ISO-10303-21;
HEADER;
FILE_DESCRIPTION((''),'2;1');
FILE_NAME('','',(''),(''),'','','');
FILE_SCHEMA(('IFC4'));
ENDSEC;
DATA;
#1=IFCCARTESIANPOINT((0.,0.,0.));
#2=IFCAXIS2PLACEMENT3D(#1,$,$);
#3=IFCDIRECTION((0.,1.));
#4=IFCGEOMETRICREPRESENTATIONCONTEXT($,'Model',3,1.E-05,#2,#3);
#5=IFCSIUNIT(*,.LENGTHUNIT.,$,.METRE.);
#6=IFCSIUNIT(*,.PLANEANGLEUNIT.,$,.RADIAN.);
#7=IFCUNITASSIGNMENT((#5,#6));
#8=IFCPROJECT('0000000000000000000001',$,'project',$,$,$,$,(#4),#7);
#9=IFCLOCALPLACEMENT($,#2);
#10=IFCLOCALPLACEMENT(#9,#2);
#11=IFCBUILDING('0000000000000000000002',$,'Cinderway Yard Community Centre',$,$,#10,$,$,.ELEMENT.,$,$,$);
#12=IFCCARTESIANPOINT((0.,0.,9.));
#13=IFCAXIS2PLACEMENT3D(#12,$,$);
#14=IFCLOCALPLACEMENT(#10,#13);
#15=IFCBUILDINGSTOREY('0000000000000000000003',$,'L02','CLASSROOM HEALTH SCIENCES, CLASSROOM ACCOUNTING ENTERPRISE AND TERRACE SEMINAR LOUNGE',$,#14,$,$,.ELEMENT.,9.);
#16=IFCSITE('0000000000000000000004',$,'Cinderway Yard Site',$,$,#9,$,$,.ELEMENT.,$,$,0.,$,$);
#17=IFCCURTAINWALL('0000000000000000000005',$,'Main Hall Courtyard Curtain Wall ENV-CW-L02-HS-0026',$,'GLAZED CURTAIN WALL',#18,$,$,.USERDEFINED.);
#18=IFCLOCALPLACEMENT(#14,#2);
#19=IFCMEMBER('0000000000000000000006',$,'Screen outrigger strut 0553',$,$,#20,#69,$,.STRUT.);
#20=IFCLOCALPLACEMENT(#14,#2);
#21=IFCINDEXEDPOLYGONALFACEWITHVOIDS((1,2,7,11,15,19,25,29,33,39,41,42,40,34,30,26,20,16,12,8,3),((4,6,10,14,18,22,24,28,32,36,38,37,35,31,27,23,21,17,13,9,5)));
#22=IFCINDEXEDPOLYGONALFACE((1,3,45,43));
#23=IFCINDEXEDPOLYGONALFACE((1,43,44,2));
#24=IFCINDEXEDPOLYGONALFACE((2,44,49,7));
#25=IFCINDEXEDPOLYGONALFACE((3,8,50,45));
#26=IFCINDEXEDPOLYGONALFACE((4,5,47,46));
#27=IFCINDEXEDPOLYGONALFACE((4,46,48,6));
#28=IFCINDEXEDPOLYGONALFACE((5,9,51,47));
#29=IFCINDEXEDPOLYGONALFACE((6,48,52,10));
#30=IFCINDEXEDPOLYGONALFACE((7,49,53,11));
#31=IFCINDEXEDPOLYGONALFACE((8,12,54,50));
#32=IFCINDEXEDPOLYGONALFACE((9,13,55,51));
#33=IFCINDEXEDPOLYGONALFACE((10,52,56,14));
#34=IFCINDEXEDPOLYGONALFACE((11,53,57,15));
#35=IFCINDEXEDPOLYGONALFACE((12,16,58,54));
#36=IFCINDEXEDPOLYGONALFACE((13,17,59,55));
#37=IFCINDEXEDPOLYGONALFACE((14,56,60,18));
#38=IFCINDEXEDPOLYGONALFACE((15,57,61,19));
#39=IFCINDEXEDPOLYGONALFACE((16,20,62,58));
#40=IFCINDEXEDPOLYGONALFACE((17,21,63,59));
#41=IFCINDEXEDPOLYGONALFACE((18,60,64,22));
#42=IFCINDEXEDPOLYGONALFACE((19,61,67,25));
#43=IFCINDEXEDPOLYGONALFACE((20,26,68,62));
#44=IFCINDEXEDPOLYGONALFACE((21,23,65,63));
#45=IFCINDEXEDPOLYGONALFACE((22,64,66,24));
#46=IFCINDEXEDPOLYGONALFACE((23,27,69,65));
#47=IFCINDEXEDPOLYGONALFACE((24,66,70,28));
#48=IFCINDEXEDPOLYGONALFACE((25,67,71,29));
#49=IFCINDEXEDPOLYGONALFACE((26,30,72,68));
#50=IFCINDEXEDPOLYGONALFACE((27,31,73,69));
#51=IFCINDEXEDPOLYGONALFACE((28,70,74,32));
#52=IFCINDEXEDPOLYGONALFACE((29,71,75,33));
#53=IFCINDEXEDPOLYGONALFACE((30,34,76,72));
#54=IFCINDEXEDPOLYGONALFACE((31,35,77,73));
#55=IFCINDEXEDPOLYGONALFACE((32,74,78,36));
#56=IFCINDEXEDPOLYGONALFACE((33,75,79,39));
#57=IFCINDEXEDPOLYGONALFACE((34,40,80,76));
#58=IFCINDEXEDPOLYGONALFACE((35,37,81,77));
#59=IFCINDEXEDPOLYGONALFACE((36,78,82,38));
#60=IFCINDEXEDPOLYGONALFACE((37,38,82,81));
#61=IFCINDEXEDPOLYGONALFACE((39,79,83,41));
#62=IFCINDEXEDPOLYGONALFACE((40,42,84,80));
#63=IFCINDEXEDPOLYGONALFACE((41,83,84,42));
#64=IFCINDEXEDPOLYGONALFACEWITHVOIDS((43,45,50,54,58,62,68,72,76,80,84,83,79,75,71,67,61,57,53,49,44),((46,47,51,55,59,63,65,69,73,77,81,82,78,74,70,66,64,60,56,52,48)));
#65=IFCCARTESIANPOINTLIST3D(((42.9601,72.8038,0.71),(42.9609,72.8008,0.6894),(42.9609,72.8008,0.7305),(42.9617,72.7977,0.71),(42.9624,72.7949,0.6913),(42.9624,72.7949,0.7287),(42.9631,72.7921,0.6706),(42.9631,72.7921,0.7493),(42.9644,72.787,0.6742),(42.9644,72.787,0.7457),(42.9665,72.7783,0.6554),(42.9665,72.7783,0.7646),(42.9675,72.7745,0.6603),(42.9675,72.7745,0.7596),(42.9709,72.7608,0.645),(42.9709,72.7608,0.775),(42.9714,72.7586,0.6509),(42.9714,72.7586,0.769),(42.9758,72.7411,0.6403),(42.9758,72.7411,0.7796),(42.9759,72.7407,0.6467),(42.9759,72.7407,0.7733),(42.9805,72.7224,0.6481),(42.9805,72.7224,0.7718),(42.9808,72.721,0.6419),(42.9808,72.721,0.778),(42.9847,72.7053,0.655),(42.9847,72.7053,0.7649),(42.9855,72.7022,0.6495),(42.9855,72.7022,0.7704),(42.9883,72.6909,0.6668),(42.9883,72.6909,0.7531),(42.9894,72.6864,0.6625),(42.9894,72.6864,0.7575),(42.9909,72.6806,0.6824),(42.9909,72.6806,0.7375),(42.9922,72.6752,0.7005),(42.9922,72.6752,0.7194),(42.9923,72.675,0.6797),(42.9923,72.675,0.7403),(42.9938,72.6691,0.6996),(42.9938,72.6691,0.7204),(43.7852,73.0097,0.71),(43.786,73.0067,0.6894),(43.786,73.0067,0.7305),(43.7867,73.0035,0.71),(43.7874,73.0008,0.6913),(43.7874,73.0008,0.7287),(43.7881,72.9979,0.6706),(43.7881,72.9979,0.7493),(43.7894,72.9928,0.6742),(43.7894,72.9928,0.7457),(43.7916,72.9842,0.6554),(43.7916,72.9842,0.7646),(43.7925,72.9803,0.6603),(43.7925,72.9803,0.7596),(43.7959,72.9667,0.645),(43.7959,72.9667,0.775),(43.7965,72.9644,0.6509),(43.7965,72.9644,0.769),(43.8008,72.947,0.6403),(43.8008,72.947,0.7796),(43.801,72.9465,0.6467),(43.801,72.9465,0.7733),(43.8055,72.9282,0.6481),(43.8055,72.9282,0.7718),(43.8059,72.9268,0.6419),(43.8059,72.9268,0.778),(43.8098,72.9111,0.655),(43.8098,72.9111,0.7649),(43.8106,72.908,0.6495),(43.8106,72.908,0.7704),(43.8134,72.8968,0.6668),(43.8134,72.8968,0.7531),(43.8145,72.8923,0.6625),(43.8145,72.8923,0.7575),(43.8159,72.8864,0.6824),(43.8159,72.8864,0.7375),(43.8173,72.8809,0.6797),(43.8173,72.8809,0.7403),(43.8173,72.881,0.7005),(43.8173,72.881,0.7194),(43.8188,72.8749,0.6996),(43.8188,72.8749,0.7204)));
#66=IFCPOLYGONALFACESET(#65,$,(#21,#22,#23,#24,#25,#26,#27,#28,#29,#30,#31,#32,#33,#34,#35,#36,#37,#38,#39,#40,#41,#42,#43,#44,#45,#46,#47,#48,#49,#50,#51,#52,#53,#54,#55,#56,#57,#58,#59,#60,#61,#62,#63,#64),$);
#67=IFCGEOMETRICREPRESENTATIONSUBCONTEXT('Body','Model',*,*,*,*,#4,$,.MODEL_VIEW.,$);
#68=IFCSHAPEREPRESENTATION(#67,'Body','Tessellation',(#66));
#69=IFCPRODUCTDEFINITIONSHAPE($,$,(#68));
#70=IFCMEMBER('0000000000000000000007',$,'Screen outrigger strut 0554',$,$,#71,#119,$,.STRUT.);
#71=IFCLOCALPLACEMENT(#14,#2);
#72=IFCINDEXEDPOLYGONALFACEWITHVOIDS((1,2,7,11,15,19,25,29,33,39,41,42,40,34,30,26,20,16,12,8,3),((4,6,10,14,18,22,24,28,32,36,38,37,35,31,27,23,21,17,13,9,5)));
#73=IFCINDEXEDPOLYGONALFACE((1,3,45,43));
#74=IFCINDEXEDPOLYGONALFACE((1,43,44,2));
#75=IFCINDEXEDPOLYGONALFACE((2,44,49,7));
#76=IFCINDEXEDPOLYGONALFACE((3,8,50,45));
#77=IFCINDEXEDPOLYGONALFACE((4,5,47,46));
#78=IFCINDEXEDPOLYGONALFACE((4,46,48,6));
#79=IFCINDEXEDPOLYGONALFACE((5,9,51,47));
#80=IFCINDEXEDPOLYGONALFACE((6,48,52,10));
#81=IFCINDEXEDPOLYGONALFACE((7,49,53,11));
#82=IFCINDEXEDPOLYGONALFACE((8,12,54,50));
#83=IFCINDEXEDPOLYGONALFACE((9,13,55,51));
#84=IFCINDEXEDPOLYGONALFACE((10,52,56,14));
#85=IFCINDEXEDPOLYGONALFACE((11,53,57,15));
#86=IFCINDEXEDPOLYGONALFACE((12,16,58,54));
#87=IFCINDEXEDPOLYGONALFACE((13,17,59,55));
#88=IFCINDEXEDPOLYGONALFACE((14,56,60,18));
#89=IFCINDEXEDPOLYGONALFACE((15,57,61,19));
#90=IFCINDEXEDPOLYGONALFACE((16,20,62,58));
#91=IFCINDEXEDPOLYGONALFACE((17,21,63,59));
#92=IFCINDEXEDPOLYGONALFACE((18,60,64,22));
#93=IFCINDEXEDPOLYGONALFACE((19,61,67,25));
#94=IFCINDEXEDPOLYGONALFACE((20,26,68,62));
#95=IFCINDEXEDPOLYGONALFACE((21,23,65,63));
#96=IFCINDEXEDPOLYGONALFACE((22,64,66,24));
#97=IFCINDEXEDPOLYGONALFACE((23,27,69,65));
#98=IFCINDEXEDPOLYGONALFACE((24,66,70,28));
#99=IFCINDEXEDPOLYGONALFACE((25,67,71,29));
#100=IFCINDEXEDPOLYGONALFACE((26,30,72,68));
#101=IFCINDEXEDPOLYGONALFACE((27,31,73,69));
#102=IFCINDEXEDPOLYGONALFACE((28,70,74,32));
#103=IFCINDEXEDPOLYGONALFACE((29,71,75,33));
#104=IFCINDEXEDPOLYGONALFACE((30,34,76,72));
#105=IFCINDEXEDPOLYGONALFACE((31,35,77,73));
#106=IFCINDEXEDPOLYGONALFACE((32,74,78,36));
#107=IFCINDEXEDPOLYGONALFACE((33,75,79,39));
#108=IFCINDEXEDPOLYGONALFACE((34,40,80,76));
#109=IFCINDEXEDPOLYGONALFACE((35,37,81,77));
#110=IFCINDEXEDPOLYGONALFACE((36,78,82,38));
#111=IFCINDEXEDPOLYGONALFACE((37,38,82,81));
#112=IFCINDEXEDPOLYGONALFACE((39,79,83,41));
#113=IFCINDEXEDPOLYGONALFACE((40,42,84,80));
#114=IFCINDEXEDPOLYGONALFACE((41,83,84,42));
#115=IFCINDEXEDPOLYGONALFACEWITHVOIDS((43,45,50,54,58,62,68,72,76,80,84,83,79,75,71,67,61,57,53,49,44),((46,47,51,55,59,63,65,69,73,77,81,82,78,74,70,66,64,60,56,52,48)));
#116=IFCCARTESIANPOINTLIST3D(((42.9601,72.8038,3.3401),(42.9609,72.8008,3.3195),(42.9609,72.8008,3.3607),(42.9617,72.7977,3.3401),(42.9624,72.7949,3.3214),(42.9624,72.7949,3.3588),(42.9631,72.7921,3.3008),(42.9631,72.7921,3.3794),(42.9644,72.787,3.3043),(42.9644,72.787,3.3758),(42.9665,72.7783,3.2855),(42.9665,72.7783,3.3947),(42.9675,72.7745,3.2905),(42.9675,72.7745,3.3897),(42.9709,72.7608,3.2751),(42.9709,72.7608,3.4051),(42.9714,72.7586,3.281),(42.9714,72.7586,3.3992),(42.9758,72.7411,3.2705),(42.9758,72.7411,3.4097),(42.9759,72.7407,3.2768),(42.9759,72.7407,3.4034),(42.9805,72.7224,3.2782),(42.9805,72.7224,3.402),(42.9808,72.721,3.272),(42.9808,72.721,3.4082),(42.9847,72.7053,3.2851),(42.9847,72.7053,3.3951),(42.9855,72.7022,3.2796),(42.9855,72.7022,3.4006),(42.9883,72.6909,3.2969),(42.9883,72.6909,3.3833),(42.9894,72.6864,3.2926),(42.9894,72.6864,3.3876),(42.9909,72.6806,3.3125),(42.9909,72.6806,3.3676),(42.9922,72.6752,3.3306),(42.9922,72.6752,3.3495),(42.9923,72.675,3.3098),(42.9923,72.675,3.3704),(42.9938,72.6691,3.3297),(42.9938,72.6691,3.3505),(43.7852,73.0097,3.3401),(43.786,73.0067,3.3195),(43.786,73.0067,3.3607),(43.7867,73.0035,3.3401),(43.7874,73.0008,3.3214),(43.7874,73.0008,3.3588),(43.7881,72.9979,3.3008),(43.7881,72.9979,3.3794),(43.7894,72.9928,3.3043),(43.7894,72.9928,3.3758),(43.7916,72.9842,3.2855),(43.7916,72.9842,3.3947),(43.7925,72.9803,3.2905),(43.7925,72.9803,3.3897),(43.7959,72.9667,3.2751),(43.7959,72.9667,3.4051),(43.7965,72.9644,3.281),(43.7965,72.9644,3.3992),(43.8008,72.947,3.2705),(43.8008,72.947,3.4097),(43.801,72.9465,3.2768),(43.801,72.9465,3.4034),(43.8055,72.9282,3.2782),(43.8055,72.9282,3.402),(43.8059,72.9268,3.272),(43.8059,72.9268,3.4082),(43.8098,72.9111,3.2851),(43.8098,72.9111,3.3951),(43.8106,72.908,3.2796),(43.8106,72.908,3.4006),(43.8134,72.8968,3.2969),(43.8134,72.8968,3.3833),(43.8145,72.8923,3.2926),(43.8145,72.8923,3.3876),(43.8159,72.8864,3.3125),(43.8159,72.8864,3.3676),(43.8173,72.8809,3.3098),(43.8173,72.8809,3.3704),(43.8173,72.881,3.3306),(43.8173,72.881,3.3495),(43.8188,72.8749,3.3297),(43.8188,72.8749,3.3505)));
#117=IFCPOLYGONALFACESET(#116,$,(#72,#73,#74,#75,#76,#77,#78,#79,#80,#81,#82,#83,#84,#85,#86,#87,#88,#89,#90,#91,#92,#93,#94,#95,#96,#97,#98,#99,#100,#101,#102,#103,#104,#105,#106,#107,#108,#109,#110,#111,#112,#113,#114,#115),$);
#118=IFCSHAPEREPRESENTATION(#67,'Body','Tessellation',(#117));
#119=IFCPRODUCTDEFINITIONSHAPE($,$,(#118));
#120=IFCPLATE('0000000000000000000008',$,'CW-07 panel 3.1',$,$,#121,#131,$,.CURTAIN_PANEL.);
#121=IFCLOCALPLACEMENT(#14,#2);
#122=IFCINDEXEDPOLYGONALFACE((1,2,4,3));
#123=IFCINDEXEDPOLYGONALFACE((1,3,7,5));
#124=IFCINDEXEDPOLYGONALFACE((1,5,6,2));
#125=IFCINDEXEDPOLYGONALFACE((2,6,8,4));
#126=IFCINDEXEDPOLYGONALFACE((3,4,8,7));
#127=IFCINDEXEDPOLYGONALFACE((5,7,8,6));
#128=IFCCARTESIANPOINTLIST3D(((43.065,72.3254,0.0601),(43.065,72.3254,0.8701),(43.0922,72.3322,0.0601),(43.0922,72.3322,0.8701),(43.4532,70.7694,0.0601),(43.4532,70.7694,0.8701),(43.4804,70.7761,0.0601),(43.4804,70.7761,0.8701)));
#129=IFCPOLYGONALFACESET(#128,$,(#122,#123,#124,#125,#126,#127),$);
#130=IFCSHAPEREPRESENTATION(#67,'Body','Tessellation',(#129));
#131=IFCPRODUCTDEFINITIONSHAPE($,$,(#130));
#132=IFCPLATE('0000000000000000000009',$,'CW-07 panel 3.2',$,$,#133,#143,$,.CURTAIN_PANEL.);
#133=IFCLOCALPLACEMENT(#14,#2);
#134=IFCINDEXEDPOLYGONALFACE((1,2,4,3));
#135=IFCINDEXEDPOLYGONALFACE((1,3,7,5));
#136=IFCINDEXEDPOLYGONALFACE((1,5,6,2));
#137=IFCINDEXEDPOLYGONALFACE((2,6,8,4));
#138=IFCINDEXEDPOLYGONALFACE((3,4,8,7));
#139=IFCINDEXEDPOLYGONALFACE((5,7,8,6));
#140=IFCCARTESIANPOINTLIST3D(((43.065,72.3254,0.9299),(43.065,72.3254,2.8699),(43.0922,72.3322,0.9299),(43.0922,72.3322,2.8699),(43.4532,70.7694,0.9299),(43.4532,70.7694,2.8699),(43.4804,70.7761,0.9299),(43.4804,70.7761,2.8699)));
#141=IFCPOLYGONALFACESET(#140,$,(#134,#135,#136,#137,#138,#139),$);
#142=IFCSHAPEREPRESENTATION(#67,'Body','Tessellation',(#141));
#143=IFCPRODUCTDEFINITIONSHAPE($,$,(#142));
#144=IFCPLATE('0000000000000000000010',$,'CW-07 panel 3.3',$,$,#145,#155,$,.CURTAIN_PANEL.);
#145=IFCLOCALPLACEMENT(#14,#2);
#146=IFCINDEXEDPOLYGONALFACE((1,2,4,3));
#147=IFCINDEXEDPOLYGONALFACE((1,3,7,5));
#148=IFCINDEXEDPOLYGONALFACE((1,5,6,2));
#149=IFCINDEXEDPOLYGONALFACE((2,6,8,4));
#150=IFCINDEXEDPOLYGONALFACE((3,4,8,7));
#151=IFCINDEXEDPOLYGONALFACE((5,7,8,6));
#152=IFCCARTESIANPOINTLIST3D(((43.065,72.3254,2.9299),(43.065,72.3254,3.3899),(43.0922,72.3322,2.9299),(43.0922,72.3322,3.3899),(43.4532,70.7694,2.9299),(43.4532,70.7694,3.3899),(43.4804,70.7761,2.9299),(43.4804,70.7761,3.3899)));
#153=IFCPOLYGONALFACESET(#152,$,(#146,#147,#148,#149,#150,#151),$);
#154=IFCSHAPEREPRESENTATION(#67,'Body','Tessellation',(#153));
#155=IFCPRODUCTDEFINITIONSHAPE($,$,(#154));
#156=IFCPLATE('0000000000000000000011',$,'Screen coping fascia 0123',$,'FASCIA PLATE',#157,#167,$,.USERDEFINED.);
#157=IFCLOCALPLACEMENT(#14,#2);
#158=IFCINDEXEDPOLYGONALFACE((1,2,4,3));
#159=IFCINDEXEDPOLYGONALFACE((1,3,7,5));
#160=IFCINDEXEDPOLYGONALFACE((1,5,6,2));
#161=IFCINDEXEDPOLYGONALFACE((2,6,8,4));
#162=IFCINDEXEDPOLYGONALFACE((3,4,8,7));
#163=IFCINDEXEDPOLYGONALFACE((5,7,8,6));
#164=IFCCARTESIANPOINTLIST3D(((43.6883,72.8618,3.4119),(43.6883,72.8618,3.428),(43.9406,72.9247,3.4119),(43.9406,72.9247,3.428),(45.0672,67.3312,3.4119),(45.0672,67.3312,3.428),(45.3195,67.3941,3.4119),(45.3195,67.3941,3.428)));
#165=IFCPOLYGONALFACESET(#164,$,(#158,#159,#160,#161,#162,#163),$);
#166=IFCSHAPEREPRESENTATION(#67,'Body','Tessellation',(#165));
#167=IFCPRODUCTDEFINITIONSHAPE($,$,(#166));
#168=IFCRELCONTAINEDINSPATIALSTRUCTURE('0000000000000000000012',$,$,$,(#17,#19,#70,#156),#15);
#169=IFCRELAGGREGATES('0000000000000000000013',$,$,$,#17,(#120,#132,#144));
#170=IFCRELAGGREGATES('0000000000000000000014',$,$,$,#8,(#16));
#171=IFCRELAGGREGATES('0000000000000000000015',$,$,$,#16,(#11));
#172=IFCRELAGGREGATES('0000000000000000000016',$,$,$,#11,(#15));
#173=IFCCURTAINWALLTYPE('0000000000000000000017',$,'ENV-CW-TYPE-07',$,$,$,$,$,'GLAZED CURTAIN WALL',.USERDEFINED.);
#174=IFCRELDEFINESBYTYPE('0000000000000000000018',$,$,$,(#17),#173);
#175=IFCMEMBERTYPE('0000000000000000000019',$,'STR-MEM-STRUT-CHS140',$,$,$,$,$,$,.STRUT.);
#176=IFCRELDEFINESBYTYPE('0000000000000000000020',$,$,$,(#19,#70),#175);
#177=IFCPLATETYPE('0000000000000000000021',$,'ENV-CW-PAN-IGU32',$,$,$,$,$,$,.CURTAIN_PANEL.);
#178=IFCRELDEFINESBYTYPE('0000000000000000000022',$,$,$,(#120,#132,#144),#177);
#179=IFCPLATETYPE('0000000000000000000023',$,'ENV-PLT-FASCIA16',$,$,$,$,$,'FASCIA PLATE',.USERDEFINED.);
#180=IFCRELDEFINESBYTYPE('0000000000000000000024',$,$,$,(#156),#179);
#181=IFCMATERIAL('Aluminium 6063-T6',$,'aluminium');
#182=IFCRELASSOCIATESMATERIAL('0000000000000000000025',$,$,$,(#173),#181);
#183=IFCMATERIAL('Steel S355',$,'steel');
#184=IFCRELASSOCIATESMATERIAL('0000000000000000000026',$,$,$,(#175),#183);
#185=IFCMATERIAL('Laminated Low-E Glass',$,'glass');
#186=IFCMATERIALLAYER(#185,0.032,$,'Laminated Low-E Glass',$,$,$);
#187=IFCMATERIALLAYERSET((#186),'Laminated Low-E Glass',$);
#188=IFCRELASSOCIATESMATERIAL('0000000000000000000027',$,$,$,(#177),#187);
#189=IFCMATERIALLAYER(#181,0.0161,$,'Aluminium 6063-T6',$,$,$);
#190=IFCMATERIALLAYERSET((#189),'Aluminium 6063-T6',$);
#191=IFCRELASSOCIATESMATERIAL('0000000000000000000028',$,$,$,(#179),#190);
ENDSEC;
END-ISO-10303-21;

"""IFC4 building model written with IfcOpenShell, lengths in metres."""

from ifc_helpers import new_model, si_unit, direction, frame, origin, origin_2d, place, context, subcontext, project, spatial, rectangle, hollow_circle, extrude, material, layer, layer_set, material_profile, profile_set, type_object, element, aggregate, save


model = new_model("IFC4")

# Units and contexts
model_context = context("Model", 3, precision=1e-05, world=origin(), true_north=direction((0.0, 1.0)))
body_context = subcontext(model_context, "Body", "Model", "MODEL_VIEW")
ifc_project = project(units=[si_unit("LENGTHUNIT", "METRE"), si_unit("PLANEANGLEUNIT", "RADIAN")], contexts=[model_context])

# Site, building, storey
site_placement = place(None, origin())
site = spatial("IfcSite", under=ifc_project, at=site_placement, Name="Cinderway Yard Site", CompositionType="ELEMENT", RefElevation=0.0)
building_placement = place(site_placement, origin())
building = spatial("IfcBuilding", under=site, at=building_placement, Name="Cinderway Yard Community Centre", CompositionType="ELEMENT")
storey_placement = place(building_placement, frame((0.0, 0.0, 9.0)))
storey = spatial("IfcBuildingStorey", under=building, at=storey_placement, Name="L02", Description="CLASSROOM HEALTH SCIENCES, CLASSROOM ACCOUNTING ENTERPRISE AND TERRACE SEMINAR LOUNGE", CompositionType="ELEMENT", Elevation=9.0)

# Curtain wall
ifc_material_1 = material(Name="Aluminium 6063-T6", Category="aluminium")
curtain_wall_type = type_object("IfcCurtainWallType", Name="ENV-CW-TYPE-07", ElementType="GLAZED CURTAIN WALL", PredefinedType="USERDEFINED", material=ifc_material_1)
curtain_wall_placement = place(storey_placement, origin())
curtain_wall = element("IfcCurtainWall", 1, at=curtain_wall_placement, inside=storey, type_object=curtain_wall_type, Name="Main Hall Courtyard Curtain Wall ENV-CW-L02-HS-0026", ObjectType="GLAZED CURTAIN WALL", PredefinedType="USERDEFINED")

# Shared definitions
ifc_material_2 = material(Name="Steel S355", Category="steel")

# Members
ifc_material_profile_1 = material_profile(ifc_material_2, hollow_circle(Radius=0.0698, WallThickness=0.0063, at=origin_2d()), Name="Steel S355")
ifc_profile_set_1 = profile_set([ifc_material_profile_1], Name="Steel S355")
member_type_1 = type_object("IfcMemberType", Name="STR-MEM-STRUT-CHS140", PredefinedType="STRUT", material=ifc_profile_set_1)
for number, where, z_axis, x_axis, name in (
    (2, (42.9771, 72.7361, 0.71), (0.970261, 0.242063, 0.0), (-0.242063, 0.970261, 0.0), "Screen outrigger strut 0553"),
    (3, (42.9771, 72.7361, 3.3401), (0.970261, 0.242063, 0.0), (-0.242063, 0.970261, 0.0), "Screen outrigger strut 0554"),
):
    element("IfcMember", number, at=place(storey_placement, frame(where, z_axis=z_axis, x_axis=x_axis)), inside=storey, type_object=member_type_1, Name=name, PredefinedType="STRUT", context=body_context, shape_type="SweptSolid", body=[
        extrude(hollow_circle(Radius=0.0698, WallThickness=0.0063, at=origin_2d()), origin(), (0.0, 0.0, 1.0), 0.8503),
    ])

# Plates
ifc_material_3 = material(Name="Laminated Low-E Glass", Category="glass")
ifc_layer_1 = layer(ifc_material_3, 0.032, Name="Laminated Low-E Glass")
ifc_layer_set_1 = layer_set([ifc_layer_1], Name="Laminated Low-E Glass")
plate_type_1 = type_object("IfcPlateType", Name="ENV-CW-PAN-IGU32", PredefinedType="CURTAIN_PANEL", material=ifc_layer_set_1)
plate_1_placement = place(storey_placement, frame((43.2727, 71.5508, 0.0601), z_axis=(0.0, 0.0, 1.0), x_axis=(-0.242073, 0.970258, 0.0)))
plate_1 = element("IfcPlate", 4, at=plate_1_placement, type_object=plate_type_1, Name="CW-07 panel 3.1", PredefinedType="CURTAIN_PANEL", context=body_context, shape_type="SweptSolid", body=[
    extrude(rectangle(XDim=1.6038, YDim=0.0281, at=origin_2d()), origin(), (0.0, 0.0, 1.0), 0.8101),
])
plate_2_placement = place(storey_placement, frame((43.2727, 71.5508, 0.9299), z_axis=(0.0, 0.0, 1.0), x_axis=(-0.242073, 0.970258, 0.0)))
plate_2 = element("IfcPlate", 5, at=plate_2_placement, type_object=plate_type_1, Name="CW-07 panel 3.2", PredefinedType="CURTAIN_PANEL", context=body_context, shape_type="SweptSolid", body=[
    extrude(rectangle(XDim=1.6038, YDim=0.0281, at=origin_2d()), origin(), (0.0, 0.0, 1.0), 1.9399),
])
plate_3_placement = place(storey_placement, frame((43.2727, 71.5508, 2.9299), z_axis=(0.0, 0.0, 1.0), x_axis=(-0.242073, 0.970258, 0.0)))
plate_3 = element("IfcPlate", 6, at=plate_3_placement, type_object=plate_type_1, Name="CW-07 panel 3.3", PredefinedType="CURTAIN_PANEL", context=body_context, shape_type="SweptSolid", body=[
    extrude(rectangle(XDim=1.6038, YDim=0.0281, at=origin_2d()), origin(), (0.0, 0.0, 1.0), 0.46),
])
aggregate(curtain_wall, [plate_1, plate_2, plate_3])
ifc_layer_2 = layer(ifc_material_1, 0.0161, Name="Aluminium 6063-T6")
ifc_layer_set_2 = layer_set([ifc_layer_2], Name="Aluminium 6063-T6")
plate_type_2 = type_object("IfcPlateType", Name="ENV-PLT-FASCIA16", ElementType="FASCIA PLATE", PredefinedType="USERDEFINED", material=ifc_layer_set_2)
plate_4_placement = place(storey_placement, frame((44.5039, 70.1279, 3.4119), z_axis=(0.0, 0.0, 1.0), x_axis=(0.241922, -0.970296, 0.0)))
element("IfcPlate", 7, at=plate_4_placement, inside=storey, type_object=plate_type_2, Name="Screen coping fascia 0123", ObjectType="FASCIA PLATE", PredefinedType="USERDEFINED", context=body_context, shape_type="SweptSolid", body=[
    extrude(rectangle(XDim=5.7, YDim=0.26, at=origin_2d()), origin(), (0.0, 0.0, 1.0), 0.0161),
])

save(model, "model.ifc")
